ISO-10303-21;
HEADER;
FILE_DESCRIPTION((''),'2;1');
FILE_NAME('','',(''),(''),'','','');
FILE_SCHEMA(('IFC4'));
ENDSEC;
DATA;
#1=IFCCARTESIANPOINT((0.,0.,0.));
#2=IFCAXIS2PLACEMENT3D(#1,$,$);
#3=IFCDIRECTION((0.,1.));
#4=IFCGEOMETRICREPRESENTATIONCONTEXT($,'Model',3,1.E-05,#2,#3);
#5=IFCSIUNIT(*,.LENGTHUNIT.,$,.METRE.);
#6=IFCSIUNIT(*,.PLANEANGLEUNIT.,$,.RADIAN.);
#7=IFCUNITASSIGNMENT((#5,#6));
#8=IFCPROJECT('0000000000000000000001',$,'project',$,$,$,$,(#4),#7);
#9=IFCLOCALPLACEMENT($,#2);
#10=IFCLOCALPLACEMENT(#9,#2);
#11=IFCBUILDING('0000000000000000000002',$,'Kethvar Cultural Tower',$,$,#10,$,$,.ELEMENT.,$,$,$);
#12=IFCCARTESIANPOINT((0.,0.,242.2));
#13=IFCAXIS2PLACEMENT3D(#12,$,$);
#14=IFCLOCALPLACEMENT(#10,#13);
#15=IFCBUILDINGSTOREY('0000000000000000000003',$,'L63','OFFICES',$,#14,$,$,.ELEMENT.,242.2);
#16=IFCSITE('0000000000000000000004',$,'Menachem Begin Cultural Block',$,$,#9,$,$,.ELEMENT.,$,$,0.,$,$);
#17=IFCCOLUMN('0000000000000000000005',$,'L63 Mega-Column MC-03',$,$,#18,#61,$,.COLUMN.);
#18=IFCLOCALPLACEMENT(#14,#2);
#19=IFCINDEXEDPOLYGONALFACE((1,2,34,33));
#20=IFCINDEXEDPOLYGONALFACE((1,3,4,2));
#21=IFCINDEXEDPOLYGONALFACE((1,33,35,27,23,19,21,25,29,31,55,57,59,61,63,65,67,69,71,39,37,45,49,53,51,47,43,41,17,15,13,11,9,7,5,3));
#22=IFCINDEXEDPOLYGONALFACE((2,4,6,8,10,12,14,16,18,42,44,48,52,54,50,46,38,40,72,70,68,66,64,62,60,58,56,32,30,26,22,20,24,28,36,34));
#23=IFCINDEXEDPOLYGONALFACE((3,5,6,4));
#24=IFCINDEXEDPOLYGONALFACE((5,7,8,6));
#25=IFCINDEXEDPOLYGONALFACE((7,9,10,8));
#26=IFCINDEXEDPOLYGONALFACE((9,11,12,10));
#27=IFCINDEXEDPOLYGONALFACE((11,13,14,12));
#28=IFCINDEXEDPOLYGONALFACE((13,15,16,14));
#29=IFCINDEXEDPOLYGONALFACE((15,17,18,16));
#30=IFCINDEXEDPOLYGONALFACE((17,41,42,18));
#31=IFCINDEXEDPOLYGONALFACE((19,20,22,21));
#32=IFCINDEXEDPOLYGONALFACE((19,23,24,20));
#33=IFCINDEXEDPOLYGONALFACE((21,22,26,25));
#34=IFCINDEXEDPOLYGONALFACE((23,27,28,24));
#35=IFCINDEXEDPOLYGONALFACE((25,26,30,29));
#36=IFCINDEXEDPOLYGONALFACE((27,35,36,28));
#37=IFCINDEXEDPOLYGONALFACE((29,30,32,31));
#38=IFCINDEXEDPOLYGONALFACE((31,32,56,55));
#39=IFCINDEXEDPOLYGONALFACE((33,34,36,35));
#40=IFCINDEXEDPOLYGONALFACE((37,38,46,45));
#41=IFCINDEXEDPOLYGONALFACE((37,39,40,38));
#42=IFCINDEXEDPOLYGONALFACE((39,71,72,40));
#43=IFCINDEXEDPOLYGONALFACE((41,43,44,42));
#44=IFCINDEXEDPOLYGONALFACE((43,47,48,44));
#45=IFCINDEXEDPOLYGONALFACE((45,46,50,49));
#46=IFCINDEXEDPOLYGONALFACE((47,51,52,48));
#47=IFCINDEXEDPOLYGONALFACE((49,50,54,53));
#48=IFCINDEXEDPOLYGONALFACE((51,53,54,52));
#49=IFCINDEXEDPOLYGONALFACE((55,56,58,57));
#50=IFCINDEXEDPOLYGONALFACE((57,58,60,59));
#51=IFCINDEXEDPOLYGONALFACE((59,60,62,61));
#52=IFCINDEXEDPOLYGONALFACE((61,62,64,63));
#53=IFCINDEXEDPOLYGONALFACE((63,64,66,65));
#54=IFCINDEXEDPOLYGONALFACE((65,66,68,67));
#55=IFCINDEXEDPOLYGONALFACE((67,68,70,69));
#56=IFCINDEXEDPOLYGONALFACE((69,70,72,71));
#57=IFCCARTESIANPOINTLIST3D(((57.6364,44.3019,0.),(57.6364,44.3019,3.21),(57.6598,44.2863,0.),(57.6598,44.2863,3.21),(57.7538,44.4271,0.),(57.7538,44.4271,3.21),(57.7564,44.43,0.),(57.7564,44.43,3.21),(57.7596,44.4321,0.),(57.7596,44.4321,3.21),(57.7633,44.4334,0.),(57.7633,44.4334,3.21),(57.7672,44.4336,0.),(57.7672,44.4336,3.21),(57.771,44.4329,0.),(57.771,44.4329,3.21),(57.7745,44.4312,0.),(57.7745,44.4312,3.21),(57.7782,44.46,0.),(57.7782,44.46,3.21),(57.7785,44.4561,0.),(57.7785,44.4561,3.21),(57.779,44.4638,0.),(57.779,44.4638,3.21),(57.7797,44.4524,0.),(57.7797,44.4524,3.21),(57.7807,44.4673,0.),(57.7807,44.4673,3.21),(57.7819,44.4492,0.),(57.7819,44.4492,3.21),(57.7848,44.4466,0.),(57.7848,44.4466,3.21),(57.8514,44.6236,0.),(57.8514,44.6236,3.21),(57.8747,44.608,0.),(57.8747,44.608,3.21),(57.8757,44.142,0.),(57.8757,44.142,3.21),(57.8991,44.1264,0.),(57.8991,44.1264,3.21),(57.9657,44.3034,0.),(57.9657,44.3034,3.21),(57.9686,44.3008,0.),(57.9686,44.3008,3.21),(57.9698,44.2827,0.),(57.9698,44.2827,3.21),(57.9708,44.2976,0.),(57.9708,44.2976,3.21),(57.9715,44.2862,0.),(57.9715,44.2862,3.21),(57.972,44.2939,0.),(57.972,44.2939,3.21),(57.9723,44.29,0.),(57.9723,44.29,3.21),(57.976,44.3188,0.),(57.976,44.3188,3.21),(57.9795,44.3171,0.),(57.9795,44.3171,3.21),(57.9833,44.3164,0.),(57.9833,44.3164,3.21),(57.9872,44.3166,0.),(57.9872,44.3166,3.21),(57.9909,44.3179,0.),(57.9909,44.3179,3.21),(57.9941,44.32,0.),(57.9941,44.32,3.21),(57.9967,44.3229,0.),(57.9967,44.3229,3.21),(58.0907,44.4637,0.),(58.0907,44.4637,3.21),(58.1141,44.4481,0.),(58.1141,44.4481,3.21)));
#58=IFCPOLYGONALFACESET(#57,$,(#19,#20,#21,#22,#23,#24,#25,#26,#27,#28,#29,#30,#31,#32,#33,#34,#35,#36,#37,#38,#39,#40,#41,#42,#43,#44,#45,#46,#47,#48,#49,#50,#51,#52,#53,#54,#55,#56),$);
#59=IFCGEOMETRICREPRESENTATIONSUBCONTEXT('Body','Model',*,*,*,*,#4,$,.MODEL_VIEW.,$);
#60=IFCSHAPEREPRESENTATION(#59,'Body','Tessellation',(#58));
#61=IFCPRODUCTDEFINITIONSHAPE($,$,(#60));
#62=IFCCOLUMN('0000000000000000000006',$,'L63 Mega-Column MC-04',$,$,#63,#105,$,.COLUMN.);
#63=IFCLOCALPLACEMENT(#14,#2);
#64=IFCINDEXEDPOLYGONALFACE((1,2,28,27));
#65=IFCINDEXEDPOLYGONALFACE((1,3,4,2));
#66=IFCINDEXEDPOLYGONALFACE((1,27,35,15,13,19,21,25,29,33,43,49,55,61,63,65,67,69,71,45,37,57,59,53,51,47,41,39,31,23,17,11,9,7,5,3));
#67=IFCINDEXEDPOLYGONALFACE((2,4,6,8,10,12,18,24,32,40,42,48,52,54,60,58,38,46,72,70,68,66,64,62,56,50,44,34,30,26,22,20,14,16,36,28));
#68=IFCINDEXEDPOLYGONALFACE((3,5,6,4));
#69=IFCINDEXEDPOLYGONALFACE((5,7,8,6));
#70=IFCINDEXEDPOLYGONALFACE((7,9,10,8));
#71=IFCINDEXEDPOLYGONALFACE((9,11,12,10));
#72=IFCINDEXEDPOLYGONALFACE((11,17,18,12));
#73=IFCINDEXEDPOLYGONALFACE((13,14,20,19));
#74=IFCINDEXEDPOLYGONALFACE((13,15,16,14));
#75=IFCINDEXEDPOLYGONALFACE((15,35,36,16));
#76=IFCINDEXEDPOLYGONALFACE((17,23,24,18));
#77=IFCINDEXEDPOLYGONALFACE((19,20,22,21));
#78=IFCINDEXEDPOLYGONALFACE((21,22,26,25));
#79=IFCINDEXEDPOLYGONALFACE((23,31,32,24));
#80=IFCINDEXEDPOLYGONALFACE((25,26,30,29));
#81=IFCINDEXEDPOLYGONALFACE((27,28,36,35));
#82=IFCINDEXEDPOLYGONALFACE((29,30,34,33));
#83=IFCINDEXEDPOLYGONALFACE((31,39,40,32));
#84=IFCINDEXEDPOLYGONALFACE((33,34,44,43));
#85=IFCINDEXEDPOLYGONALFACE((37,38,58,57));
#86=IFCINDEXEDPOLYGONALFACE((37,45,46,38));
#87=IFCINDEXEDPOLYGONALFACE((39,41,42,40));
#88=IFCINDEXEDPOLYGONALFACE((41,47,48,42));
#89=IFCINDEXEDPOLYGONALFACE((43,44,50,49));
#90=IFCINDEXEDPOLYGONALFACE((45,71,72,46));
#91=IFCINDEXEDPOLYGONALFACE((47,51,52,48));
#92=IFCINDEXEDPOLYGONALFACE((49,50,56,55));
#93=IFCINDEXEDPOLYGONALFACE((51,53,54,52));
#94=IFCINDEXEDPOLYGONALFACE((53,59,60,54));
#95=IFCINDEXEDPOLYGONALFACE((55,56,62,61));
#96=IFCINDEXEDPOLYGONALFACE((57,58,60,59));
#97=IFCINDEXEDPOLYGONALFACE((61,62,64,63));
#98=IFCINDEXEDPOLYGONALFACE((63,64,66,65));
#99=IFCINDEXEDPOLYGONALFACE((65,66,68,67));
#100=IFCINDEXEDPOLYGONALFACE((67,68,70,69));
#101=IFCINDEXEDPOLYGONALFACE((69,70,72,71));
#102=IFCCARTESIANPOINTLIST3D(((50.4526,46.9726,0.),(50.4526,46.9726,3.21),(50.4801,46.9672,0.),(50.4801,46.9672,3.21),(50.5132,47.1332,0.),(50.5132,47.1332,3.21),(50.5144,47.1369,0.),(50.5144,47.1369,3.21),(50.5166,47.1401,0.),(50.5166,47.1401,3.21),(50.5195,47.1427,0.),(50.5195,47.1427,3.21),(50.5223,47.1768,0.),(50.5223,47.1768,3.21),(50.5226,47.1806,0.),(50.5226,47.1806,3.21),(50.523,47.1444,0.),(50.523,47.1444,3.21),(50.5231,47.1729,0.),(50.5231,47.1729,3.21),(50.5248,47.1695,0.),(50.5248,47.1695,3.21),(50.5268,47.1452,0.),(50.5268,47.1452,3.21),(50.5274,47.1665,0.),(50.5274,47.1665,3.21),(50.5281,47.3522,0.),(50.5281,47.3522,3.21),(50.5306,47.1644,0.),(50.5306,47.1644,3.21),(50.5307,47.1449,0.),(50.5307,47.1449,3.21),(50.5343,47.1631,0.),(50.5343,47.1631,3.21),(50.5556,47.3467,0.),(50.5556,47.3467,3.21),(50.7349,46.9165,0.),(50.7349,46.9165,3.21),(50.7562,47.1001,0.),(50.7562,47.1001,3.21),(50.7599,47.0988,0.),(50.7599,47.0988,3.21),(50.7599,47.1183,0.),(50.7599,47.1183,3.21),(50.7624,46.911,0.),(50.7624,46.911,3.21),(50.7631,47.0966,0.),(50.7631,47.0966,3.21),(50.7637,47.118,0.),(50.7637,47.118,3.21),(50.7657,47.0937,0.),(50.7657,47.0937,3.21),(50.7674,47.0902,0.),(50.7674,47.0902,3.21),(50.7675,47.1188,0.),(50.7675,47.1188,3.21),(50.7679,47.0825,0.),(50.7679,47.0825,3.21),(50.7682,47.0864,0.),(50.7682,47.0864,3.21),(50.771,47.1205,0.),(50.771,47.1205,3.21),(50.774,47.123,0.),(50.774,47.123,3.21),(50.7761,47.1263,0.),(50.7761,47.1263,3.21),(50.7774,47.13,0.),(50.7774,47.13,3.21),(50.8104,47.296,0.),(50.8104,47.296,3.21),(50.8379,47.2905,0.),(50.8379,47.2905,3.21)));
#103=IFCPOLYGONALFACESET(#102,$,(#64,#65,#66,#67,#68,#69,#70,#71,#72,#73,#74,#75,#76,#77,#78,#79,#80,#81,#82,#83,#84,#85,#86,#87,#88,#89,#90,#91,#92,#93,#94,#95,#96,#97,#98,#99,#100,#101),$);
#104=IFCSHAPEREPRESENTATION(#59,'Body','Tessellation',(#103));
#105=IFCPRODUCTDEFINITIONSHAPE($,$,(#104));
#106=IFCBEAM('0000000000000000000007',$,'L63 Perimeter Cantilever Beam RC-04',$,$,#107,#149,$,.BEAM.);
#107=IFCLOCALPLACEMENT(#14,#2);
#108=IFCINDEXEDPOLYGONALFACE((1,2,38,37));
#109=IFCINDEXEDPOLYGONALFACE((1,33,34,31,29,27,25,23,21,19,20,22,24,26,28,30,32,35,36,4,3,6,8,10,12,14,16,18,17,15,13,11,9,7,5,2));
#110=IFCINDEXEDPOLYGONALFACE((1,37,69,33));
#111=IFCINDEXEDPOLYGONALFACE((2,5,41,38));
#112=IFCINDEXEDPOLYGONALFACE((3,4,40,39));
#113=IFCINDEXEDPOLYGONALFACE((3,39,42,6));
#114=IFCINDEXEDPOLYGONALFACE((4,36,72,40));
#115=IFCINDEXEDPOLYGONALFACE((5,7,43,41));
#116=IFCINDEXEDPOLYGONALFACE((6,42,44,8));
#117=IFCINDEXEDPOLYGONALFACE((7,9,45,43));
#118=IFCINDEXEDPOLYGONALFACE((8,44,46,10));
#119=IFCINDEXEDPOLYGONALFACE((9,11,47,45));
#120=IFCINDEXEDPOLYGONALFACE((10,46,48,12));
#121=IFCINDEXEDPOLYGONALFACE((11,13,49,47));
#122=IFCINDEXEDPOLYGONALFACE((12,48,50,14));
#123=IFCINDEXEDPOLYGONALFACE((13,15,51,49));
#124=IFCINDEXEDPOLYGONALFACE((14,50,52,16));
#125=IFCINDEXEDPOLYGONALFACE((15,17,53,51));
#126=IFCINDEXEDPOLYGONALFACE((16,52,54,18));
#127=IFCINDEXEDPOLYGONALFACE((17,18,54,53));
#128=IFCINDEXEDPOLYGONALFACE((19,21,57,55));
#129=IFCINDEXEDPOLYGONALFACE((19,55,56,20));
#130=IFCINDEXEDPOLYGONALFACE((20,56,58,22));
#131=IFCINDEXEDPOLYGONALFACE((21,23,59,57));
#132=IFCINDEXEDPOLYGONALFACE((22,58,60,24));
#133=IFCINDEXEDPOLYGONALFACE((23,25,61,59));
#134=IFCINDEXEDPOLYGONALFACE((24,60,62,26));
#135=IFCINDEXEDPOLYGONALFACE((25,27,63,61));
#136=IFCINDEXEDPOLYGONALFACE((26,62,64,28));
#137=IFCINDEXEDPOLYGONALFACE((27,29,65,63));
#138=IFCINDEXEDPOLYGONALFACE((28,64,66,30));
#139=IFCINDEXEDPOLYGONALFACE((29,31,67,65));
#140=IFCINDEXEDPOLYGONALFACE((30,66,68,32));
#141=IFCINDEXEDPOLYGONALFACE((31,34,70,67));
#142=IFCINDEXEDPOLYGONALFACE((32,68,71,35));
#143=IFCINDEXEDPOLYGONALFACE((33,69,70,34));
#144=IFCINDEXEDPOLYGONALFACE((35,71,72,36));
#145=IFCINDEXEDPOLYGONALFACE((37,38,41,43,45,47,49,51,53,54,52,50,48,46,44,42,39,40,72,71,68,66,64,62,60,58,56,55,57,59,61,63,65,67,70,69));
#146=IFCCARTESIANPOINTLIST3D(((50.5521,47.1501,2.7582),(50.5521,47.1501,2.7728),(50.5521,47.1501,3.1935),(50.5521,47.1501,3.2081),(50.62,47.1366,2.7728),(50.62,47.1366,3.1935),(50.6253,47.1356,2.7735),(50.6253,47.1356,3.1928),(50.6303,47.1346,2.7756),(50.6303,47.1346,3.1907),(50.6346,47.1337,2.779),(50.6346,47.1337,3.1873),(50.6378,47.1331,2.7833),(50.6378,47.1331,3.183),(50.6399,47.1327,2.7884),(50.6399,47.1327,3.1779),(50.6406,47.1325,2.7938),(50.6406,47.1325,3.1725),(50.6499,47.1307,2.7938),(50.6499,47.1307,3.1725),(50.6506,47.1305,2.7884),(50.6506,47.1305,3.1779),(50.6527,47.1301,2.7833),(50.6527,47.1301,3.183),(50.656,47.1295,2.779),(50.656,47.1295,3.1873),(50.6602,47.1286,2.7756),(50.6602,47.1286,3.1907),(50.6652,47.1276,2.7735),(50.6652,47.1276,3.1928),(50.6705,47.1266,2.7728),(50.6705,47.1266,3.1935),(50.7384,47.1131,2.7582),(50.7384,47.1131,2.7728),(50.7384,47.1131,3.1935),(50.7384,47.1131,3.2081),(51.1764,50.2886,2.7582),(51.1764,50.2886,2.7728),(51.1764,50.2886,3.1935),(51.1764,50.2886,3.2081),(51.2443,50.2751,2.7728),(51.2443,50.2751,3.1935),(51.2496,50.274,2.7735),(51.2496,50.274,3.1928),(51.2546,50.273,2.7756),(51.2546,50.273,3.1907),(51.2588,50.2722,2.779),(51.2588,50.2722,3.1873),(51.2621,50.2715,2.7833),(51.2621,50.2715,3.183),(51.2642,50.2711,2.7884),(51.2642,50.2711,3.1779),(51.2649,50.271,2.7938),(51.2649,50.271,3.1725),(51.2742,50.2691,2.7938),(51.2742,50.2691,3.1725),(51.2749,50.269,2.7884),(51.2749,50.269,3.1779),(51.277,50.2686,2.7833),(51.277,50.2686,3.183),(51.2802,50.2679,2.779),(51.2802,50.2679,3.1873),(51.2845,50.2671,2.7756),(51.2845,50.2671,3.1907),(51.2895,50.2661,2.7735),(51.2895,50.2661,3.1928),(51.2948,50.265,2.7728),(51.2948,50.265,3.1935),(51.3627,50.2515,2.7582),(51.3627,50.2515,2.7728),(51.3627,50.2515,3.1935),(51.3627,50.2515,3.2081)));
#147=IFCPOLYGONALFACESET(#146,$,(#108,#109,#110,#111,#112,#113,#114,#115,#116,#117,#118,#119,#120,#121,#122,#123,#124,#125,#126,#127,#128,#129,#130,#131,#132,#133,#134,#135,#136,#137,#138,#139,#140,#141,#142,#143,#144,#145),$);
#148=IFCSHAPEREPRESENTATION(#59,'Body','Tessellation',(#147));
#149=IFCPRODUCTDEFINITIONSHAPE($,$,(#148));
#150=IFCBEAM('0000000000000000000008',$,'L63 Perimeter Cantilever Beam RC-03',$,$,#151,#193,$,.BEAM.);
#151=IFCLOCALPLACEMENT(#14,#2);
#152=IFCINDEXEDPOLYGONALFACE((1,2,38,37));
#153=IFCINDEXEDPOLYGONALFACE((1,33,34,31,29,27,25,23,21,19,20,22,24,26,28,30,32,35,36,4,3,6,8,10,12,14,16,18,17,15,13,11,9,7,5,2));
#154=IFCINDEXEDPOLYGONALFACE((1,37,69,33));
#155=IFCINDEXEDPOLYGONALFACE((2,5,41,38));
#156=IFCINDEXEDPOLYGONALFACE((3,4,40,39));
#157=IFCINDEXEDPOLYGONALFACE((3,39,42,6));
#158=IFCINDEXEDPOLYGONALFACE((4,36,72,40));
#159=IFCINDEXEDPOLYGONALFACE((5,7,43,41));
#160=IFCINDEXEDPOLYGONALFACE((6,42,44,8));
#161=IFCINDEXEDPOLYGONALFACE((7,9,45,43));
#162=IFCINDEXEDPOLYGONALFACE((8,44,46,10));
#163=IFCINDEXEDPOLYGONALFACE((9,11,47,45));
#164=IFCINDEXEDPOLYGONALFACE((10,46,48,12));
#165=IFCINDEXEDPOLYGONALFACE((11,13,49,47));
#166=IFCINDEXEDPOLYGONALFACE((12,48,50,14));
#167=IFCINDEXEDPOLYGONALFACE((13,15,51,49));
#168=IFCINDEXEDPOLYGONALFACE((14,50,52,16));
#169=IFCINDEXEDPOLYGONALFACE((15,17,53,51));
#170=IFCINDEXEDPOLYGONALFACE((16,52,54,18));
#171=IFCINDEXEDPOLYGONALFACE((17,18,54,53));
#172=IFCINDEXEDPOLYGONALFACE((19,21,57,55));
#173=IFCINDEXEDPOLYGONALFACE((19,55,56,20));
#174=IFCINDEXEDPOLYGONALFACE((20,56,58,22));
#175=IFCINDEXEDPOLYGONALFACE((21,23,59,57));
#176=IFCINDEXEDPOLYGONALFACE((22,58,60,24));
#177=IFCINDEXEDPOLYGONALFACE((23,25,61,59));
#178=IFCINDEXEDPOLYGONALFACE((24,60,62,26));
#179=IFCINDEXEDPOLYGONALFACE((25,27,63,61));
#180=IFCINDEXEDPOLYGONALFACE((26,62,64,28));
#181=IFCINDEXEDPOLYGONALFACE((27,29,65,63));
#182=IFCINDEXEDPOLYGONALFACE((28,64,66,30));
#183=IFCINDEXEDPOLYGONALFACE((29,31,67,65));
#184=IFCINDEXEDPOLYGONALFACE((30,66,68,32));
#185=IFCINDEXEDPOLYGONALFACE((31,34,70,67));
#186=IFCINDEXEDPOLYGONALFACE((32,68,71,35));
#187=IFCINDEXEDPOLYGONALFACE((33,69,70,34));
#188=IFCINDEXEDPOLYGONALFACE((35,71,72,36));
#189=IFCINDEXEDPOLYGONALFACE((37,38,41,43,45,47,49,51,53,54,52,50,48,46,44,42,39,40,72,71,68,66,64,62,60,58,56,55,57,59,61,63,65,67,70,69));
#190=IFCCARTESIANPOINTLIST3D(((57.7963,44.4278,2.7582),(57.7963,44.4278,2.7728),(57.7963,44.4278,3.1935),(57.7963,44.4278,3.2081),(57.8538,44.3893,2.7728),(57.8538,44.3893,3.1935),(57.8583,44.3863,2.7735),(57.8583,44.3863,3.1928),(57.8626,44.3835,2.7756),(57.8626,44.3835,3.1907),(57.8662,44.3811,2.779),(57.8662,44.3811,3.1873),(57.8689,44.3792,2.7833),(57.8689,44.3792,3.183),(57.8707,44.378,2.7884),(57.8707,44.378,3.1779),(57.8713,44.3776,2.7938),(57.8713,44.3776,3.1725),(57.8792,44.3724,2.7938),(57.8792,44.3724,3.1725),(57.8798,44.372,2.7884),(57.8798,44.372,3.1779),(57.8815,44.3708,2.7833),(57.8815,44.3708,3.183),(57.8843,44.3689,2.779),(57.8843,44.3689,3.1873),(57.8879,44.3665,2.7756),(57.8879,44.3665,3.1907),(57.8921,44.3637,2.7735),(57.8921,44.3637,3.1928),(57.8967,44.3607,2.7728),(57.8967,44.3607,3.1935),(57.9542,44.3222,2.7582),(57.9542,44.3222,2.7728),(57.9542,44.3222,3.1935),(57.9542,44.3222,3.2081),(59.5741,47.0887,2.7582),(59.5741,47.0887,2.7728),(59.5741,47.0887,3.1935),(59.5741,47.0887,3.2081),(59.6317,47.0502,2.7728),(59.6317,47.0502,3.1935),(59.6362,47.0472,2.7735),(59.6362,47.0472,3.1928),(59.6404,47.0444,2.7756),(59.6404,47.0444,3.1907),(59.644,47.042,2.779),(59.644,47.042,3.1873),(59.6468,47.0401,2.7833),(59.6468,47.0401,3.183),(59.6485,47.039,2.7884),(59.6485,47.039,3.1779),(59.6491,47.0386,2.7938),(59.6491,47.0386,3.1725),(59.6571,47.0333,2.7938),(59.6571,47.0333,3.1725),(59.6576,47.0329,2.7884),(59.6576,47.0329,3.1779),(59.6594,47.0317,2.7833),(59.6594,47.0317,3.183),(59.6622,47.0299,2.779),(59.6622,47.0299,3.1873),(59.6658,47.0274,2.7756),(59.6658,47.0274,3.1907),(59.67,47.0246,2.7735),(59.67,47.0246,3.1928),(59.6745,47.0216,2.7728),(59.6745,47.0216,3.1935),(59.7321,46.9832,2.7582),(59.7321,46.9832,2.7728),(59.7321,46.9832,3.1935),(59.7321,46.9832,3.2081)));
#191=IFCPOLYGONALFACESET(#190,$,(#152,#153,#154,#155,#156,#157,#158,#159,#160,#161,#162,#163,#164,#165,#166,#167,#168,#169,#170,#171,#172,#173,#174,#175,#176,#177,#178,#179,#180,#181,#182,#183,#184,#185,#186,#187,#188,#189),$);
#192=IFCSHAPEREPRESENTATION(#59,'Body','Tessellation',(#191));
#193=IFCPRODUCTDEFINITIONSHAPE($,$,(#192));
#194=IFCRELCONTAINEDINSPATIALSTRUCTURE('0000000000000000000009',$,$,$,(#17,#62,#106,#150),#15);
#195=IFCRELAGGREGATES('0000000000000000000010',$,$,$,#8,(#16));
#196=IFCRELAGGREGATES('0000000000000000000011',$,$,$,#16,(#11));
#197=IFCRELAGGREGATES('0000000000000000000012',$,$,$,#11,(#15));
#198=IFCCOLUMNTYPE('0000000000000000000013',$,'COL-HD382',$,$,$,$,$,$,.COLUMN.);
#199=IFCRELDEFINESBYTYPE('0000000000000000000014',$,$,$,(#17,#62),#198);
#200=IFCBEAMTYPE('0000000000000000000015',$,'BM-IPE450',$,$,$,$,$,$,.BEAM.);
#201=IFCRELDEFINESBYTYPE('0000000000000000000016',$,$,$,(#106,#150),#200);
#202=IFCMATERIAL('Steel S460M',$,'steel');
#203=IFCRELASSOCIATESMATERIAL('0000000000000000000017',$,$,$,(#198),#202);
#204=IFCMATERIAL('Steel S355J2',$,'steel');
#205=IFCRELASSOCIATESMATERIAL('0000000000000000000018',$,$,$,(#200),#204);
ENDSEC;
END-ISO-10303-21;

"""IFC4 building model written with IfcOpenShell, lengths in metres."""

from ifc_helpers import new_model, si_unit, direction, frame, origin, origin_2d, place, context, subcontext, project, spatial, i_section, extrude, source, transform, mapped, material, material_profile, profile_set, type_object, element, save


model = new_model("IFC4")

# Units and contexts
model_context = context("Model", 3, precision=1e-05, world=origin(), true_north=direction((0.0, 1.0)))
body_context = subcontext(model_context, "Body", "Model", "MODEL_VIEW")
ifc_project = project(units=[si_unit("LENGTHUNIT", "METRE"), si_unit("PLANEANGLEUNIT", "RADIAN")], contexts=[model_context])

# Site, building, storey
site_placement = place(None, origin())
site = spatial("IfcSite", under=ifc_project, at=site_placement, Name="Menachem Begin Cultural Block", CompositionType="ELEMENT", RefElevation=0.0)
building_placement = place(site_placement, origin())
building = spatial("IfcBuilding", under=site, at=building_placement, Name="Kethvar Cultural Tower", CompositionType="ELEMENT")
storey_placement = place(building_placement, frame((0.0, 0.0, 242.2)))
storey = spatial("IfcBuildingStorey", under=building, at=storey_placement, Name="L63", Description="OFFICES", CompositionType="ELEMENT", Elevation=242.2)

# Columns
ifc_material_1 = material(Name="Steel S460M", Category="steel")
ifc_material_profile_1 = material_profile(ifc_material_1, i_section(OverallWidth=0.387, OverallDepth=0.3159, WebThickness=0.0186, FlangeThickness=0.0281, FilletRadius=0.0149, at=origin_2d()), Name="Steel S460M — HD400x382")
ifc_profile_set_1 = profile_set([ifc_material_profile_1], Name="Steel S460M — HD400x382")
column_type = type_object("IfcColumnType", Name="COL-HD382", PredefinedType="COLUMN", material=ifc_profile_set_1)
shared_shape_1 = source(origin(), body_context, "Body", "SweptSolid", [
    extrude(i_section(OverallWidth=0.387, OverallDepth=0.3159, WebThickness=0.0186, FlangeThickness=0.0281, FilletRadius=0.0149, at=origin_2d()), origin(), (0.0, 0.0, 1.0), 3.21),
])
for number, where, z_axis, x_axis, name in (
    (1, (57.8752, 44.375, 0.0), (0.0, 0.0, 1.0), (0.55557, 0.83147, 0.0), "L63 Mega-Column MC-03"),
    (2, (50.6453, 47.1316, 0.0), (0.0, 0.0, 1.0), (0.19509, 0.980785, 0.0), "L63 Mega-Column MC-04"),
):
    element("IfcColumn", number, at=place(storey_placement, frame(where, z_axis=z_axis, x_axis=x_axis)), inside=storey, type_object=column_type, Name=name, PredefinedType="COLUMN", context=body_context, shape_type="MappedRepresentation", body=[
        mapped(shared_shape_1, transform((0.0, 0.0, 0.0), scale=1.0)),
    ])

# Beams
ifc_material_2 = material(Name="Steel S355J2", Category="steel")
ifc_material_profile_2 = material_profile(ifc_material_2, i_section(OverallWidth=0.1899, OverallDepth=0.45, WebThickness=0.0095, FlangeThickness=0.0146, FilletRadius=0.021, at=origin_2d()), Name="Steel S355J2 — IPE450")
ifc_profile_set_2 = profile_set([ifc_material_profile_2], Name="Steel S355J2 — IPE450")
beam_type_1 = type_object("IfcBeamType", Name="BM-IPE450", PredefinedType="BEAM", material=ifc_profile_set_2)
shared_shape_2 = source(origin(), body_context, "Body", "SweptSolid", [
    extrude(i_section(OverallWidth=0.1899, OverallDepth=0.45, WebThickness=0.0095, FlangeThickness=0.0146, FilletRadius=0.021, at=origin_2d()), origin(), (0.0, 0.0, 1.0), 3.2),
])
beam_1_placement = place(storey_placement, frame((50.6453, 47.1316, 2.9832), z_axis=(0.195089, 0.980786, 0.0), x_axis=(-0.980786, 0.195089, 0.0)))
element("IfcBeam", 3, at=beam_1_placement, inside=storey, type_object=beam_type_1, Name="L63 Perimeter Cantilever Beam RC-04", PredefinedType="BEAM", context=body_context, shape_type="MappedRepresentation", body=[
    mapped(shared_shape_2, transform((0.0, 0.0, 0.0), scale=1.0)),
])
shared_shape_3 = source(origin(), body_context, "Body", "SweptSolid", [
    extrude(i_section(OverallWidth=0.1899, OverallDepth=0.45, WebThickness=0.0095, FlangeThickness=0.0146, FilletRadius=0.021, at=origin_2d()), origin(), (0.0, 0.0, 1.0), 3.2002),
])
beam_2_placement = place(storey_placement, frame((57.8752, 44.375, 2.9832), z_axis=(0.555545, 0.831486, 0.0), x_axis=(-0.831486, 0.555545, 0.0)))
element("IfcBeam", 4, at=beam_2_placement, inside=storey, type_object=beam_type_1, Name="L63 Perimeter Cantilever Beam RC-03", PredefinedType="BEAM", context=body_context, shape_type="MappedRepresentation", body=[
    mapped(shared_shape_3, transform((0.0, 0.0, 0.0), scale=1.0)),
])

save(model, "model.ifc")
